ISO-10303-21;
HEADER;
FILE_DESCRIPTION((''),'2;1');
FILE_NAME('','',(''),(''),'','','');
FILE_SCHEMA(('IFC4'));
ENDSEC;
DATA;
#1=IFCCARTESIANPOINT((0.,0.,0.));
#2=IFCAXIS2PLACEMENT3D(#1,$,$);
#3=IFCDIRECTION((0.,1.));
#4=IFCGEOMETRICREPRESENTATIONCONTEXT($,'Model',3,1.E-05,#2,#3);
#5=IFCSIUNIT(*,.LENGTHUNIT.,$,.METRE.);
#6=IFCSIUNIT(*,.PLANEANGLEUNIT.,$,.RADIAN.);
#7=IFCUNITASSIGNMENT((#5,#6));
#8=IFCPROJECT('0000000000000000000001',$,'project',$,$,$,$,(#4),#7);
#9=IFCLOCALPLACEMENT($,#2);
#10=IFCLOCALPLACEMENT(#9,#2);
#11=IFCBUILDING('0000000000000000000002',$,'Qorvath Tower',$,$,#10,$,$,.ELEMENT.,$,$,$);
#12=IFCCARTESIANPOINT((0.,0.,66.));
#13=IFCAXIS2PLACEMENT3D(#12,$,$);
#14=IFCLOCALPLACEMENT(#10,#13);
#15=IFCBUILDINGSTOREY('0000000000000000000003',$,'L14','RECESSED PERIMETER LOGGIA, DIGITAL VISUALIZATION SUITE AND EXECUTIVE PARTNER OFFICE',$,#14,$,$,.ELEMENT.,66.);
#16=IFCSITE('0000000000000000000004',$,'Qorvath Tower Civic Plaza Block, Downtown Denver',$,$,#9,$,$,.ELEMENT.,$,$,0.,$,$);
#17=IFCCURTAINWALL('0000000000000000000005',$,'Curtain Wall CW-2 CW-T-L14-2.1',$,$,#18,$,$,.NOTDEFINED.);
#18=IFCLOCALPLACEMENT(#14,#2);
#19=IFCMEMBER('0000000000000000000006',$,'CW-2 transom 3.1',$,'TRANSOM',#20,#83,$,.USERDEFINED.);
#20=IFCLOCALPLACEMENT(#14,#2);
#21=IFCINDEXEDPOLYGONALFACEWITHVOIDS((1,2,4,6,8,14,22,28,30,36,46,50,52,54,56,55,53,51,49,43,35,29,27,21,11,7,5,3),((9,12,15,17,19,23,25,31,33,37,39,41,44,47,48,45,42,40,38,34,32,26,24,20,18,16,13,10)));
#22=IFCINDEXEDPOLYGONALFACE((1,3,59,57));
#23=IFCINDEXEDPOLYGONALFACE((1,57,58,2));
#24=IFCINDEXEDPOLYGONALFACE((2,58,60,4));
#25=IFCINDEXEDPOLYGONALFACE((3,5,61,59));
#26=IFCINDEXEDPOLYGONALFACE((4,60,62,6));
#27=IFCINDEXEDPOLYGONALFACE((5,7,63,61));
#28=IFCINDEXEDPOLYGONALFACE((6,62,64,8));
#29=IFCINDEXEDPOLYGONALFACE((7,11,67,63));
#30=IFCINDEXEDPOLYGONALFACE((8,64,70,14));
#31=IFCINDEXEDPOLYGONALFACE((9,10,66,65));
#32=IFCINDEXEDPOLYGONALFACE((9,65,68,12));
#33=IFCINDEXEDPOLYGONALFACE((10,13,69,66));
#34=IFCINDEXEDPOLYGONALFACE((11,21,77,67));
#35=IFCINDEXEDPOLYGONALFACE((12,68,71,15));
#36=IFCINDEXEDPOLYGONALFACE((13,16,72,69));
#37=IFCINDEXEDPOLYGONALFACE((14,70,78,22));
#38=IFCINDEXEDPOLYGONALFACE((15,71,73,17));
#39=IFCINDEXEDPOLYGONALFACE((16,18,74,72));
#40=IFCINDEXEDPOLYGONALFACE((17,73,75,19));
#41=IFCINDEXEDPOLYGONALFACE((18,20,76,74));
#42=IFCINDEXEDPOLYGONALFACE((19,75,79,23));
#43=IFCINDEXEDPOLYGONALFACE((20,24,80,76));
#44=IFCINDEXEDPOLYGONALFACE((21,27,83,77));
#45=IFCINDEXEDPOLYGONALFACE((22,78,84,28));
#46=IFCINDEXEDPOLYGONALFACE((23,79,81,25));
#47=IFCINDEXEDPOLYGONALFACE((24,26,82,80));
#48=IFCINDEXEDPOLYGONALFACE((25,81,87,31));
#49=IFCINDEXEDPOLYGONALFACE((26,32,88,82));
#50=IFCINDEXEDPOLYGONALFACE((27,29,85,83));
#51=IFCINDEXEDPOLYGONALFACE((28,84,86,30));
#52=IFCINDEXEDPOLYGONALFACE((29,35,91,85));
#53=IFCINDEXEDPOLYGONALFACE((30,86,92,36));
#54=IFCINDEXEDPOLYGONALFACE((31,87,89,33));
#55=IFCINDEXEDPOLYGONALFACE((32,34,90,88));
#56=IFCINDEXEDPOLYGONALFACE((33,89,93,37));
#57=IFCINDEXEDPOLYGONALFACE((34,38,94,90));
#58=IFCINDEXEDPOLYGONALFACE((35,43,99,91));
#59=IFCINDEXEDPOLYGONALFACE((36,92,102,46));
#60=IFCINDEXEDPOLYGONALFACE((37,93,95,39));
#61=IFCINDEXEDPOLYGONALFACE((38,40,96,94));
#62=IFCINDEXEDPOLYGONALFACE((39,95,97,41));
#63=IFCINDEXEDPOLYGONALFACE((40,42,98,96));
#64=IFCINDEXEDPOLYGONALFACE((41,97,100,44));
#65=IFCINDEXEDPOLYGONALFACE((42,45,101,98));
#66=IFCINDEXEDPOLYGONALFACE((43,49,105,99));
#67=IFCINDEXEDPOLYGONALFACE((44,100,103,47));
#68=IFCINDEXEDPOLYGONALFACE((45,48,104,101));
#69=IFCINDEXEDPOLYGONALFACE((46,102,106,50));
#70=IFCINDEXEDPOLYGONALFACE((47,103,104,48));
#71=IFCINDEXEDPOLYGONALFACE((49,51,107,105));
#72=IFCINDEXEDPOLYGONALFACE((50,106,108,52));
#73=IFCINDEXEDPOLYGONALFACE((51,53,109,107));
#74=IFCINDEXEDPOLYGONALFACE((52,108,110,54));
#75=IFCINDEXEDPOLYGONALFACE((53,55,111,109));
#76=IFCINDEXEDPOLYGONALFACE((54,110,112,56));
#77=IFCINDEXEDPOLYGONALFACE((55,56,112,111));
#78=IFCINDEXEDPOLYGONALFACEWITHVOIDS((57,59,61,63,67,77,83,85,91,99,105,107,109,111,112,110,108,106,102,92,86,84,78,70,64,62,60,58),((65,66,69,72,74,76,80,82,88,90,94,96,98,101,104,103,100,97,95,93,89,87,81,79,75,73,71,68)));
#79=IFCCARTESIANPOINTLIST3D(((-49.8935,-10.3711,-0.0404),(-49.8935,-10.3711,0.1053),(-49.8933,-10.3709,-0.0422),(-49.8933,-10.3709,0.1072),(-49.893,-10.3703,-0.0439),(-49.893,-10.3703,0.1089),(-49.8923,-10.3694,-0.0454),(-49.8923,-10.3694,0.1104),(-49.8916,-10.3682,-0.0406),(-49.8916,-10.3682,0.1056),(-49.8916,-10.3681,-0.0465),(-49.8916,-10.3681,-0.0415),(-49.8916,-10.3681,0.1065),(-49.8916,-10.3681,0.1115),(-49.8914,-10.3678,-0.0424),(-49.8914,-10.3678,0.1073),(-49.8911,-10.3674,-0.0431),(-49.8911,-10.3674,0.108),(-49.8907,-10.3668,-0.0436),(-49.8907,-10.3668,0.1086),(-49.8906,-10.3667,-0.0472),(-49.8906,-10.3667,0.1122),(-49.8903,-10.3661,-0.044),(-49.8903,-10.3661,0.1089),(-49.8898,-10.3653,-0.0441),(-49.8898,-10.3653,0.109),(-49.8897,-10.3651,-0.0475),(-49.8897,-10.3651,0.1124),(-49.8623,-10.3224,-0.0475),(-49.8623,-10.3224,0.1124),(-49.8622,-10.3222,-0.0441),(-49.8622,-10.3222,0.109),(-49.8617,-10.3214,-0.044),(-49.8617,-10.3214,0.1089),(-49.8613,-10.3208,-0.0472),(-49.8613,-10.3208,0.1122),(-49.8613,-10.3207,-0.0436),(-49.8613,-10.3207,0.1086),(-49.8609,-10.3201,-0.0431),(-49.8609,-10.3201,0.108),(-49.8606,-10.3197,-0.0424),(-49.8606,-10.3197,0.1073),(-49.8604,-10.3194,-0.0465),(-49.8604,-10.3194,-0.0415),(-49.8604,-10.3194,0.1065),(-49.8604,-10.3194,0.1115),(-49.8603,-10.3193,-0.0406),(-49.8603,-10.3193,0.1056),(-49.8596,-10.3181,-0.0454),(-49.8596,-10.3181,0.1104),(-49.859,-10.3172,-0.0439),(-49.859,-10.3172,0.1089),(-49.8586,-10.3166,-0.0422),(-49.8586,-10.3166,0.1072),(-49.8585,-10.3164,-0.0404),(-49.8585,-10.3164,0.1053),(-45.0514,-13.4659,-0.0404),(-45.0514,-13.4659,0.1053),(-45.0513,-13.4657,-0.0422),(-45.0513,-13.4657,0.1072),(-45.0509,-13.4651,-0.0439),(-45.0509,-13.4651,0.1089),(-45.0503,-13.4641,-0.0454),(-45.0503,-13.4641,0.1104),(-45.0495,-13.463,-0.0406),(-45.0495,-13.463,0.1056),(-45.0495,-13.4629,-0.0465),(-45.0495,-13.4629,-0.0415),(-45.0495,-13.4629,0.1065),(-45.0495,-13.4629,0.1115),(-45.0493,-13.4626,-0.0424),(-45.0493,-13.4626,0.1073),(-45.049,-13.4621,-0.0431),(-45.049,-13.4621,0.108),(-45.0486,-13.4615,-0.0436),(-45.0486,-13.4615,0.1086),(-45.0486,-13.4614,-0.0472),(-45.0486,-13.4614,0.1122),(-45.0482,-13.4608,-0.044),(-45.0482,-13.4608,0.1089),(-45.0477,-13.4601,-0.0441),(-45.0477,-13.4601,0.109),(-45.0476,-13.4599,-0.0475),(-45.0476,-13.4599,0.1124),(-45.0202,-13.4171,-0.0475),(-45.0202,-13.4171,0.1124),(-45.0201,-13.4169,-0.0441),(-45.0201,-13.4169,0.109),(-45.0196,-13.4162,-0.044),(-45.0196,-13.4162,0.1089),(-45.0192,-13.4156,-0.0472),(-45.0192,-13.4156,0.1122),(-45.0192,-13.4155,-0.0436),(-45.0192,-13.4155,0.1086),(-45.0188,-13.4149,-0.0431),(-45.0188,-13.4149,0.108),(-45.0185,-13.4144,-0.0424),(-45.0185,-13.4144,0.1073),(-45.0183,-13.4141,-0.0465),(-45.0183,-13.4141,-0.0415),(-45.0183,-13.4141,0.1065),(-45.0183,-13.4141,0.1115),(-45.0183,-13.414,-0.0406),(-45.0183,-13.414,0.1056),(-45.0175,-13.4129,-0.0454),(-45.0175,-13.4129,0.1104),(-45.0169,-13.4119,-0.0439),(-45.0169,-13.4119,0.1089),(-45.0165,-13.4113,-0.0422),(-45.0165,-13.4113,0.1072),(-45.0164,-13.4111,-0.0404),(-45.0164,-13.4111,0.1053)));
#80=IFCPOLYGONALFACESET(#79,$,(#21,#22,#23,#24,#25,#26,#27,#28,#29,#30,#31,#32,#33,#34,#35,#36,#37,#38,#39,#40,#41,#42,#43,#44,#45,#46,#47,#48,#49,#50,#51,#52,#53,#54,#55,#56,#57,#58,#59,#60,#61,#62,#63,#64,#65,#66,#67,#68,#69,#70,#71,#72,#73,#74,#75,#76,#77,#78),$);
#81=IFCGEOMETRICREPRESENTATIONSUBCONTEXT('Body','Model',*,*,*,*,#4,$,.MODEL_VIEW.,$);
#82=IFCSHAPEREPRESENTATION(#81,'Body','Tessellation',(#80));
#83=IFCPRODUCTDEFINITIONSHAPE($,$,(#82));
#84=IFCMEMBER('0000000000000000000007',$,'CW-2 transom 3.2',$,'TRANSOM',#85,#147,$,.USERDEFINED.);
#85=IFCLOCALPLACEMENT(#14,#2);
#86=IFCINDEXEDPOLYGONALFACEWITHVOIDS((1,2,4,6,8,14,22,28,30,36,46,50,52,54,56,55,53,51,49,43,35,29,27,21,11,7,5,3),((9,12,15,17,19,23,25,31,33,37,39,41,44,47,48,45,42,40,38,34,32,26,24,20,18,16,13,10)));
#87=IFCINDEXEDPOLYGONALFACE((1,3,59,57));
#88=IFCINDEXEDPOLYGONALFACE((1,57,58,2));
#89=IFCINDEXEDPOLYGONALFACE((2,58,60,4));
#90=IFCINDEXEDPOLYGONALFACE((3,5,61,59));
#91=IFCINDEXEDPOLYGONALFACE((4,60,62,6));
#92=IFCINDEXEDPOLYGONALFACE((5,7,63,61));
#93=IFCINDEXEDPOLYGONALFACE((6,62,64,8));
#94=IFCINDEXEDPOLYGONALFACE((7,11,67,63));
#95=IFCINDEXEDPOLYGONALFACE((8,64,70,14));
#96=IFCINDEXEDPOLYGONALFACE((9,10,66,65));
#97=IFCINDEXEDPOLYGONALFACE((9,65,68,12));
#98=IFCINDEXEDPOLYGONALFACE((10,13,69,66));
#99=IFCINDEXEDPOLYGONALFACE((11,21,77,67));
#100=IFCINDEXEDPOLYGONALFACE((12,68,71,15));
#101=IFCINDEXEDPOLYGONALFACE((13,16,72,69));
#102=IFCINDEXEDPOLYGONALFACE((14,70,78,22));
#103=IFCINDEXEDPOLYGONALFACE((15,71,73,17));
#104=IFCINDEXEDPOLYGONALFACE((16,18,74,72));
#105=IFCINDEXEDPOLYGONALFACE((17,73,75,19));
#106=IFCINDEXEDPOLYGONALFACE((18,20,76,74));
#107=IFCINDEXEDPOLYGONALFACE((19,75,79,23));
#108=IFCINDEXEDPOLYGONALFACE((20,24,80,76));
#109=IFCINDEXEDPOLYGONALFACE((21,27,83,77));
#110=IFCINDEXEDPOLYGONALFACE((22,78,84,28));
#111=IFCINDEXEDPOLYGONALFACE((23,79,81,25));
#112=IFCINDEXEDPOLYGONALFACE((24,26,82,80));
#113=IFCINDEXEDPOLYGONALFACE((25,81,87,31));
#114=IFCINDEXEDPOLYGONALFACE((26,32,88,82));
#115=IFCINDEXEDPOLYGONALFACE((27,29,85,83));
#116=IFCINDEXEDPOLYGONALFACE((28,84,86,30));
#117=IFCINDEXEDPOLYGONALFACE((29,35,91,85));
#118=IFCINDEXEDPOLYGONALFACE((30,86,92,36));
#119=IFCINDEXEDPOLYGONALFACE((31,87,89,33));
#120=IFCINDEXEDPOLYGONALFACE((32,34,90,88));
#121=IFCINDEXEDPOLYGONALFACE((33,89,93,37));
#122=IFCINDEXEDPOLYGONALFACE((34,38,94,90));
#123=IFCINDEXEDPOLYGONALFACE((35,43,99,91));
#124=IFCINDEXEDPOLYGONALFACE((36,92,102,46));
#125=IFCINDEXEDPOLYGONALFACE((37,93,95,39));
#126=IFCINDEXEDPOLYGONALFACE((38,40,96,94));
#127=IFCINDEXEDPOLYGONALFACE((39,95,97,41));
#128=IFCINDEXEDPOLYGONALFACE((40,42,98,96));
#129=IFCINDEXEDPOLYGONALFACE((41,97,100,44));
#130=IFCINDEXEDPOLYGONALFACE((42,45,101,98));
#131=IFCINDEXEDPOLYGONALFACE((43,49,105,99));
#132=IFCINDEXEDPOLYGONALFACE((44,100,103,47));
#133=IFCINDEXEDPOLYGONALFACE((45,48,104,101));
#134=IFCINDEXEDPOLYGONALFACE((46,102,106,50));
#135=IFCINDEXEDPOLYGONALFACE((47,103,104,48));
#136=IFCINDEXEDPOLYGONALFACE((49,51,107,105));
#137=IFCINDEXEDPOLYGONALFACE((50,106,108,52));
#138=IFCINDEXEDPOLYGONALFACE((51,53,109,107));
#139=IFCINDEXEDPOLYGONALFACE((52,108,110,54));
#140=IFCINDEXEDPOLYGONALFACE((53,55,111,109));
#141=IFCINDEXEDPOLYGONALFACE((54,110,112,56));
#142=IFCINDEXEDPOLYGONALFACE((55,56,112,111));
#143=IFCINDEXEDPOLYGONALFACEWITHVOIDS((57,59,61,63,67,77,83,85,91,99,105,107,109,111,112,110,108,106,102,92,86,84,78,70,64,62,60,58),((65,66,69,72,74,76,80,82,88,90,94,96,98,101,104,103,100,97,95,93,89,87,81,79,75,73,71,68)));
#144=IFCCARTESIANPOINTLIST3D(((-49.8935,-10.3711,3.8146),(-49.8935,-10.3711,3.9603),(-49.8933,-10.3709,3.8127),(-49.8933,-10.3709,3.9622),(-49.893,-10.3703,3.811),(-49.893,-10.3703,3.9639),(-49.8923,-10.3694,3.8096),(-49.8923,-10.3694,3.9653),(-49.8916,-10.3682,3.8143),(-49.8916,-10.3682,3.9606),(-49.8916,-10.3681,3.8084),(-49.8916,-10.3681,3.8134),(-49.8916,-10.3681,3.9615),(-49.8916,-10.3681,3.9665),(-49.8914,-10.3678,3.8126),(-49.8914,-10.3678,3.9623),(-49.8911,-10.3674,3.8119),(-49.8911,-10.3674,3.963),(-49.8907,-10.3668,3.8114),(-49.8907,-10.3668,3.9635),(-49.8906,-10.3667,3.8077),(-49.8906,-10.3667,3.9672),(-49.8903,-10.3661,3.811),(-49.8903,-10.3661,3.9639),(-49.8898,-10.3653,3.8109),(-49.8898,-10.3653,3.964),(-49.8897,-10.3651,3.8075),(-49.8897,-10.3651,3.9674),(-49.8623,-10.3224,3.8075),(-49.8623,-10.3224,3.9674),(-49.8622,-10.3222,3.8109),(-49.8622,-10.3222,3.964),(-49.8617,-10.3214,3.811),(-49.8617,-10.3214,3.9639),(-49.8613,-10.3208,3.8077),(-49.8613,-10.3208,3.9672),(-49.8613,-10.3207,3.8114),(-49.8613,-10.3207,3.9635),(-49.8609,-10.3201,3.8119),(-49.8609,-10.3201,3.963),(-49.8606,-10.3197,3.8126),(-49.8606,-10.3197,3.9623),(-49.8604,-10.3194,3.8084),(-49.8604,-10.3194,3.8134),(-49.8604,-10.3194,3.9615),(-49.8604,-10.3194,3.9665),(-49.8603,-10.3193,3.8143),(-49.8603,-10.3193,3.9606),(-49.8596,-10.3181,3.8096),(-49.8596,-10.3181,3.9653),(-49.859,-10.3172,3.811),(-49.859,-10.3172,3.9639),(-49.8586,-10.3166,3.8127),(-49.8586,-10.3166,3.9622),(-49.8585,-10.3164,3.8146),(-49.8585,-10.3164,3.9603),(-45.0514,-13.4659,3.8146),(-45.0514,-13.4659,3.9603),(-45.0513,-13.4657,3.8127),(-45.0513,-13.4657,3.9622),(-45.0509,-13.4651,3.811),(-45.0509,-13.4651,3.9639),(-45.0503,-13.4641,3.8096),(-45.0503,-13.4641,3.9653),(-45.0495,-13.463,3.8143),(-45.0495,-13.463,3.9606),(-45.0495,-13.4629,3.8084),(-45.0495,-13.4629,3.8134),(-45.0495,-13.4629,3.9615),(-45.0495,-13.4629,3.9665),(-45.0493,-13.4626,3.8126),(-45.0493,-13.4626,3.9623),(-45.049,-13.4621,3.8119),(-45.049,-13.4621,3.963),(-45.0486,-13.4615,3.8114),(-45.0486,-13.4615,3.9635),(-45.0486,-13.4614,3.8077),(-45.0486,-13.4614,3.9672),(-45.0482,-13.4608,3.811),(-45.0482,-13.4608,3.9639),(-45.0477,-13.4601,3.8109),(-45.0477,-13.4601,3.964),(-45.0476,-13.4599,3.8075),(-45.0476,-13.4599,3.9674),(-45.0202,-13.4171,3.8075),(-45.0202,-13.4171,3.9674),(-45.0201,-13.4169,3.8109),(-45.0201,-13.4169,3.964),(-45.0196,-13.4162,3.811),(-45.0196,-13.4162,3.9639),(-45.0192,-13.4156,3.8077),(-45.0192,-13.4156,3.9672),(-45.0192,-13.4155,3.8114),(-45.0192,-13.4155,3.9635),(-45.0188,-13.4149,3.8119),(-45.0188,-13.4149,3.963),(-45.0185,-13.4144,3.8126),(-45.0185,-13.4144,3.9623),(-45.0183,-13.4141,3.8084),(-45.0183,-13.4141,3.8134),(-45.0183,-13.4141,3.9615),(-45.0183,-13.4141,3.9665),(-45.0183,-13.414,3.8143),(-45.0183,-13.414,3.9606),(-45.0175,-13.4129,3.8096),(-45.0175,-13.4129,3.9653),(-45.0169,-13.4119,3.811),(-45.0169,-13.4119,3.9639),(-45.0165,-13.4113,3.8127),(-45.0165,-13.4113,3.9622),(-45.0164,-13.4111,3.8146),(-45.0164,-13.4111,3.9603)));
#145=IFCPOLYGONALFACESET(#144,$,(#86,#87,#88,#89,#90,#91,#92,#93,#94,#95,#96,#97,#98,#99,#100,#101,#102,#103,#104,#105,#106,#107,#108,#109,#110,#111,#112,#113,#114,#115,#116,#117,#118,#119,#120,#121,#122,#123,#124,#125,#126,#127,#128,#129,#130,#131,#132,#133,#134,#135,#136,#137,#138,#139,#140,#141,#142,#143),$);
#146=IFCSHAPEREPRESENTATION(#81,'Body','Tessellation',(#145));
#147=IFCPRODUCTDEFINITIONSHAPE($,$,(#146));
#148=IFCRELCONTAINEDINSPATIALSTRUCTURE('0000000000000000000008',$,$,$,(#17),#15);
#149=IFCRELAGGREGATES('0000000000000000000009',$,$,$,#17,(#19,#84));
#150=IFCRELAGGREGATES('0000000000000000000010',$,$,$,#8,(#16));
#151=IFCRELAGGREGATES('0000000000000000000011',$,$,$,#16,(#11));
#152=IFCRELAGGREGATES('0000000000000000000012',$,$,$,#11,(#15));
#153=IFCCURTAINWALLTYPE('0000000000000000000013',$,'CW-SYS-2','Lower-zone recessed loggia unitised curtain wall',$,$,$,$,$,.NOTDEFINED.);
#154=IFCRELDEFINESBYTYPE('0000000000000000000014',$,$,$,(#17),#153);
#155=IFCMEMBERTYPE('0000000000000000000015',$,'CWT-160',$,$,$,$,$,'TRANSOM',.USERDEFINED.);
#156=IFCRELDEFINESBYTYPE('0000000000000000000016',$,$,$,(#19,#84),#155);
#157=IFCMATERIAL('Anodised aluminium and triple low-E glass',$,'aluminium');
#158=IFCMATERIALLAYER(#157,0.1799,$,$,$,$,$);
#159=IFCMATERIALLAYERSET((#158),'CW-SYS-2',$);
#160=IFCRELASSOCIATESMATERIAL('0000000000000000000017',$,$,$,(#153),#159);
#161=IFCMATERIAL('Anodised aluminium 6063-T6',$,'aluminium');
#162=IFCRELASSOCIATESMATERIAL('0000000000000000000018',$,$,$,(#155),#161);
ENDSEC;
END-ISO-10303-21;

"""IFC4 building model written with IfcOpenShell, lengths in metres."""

from ifc_helpers import new_model, si_unit, direction, frame, origin, origin_2d, place, context, subcontext, project, spatial, hollow_rectangle, extrude, material, layer, layer_set, material_profile, profile_set, type_object, element, aggregate, save


model = new_model("IFC4")

# Units and contexts
model_context = context("Model", 3, precision=1e-05, world=origin(), true_north=direction((0.0, 1.0)))
body_context = subcontext(model_context, "Body", "Model", "MODEL_VIEW")
ifc_project = project(units=[si_unit("LENGTHUNIT", "METRE"), si_unit("PLANEANGLEUNIT", "RADIAN")], contexts=[model_context])

# Site, building, storey
site_placement = place(None, origin())
site = spatial("IfcSite", under=ifc_project, at=site_placement, Name="Qorvath Tower Civic Plaza Block, Downtown Denver", CompositionType="ELEMENT", RefElevation=0.0)
building_placement = place(site_placement, origin())
building = spatial("IfcBuilding", under=site, at=building_placement, Name="Qorvath Tower", CompositionType="ELEMENT")
storey_placement = place(building_placement, frame((0.0, 0.0, 66.0)))
storey = spatial("IfcBuildingStorey", under=building, at=storey_placement, Name="L14", Description="RECESSED PERIMETER LOGGIA, DIGITAL VISUALIZATION SUITE AND EXECUTIVE PARTNER OFFICE", CompositionType="ELEMENT", Elevation=66.0)

# Curtain wall, members
ifc_material_1 = material(Name="Anodised aluminium and triple low-E glass", Category="aluminium")
ifc_layer_1 = layer(ifc_material_1, 0.1799)
ifc_layer_set_1 = layer_set([ifc_layer_1], Name="CW-SYS-2")
curtain_wall_type = type_object("IfcCurtainWallType", Name="CW-SYS-2", Description="Lower-zone recessed loggia unitised curtain wall", PredefinedType="NOTDEFINED", material=ifc_layer_set_1)
curtain_wall_placement = place(storey_placement, origin())
curtain_wall = element("IfcCurtainWall", 1, at=curtain_wall_placement, inside=storey, type_object=curtain_wall_type, Name="Curtain Wall CW-2 CW-T-L14-2.1", PredefinedType="NOTDEFINED")
ifc_material_2 = material(Name="Anodised aluminium 6063-T6", Category="aluminium")
ifc_material_profile_1 = material_profile(ifc_material_2, hollow_rectangle(XDim=0.0649, YDim=0.1599, WallThickness=0.0034, InnerFilletRadius=0.0034, OuterFilletRadius=0.0071, at=origin_2d()), Name="CWT 160x65")
ifc_profile_set_1 = profile_set([ifc_material_profile_1], Name="Anodised aluminium 6063-T6")
member_type_1 = type_object("IfcMemberType", Name="CWT-160", ElementType="TRANSOM", PredefinedType="USERDEFINED", material=ifc_profile_set_1)
member_1_placement = place(storey_placement, frame((-49.876, -10.3438, 0.0325), z_axis=(0.842601, -0.538538, 0.0), x_axis=(0.538538, 0.842601, 0.0)))
member_1 = element("IfcMember", 2, at=member_1_placement, type_object=member_type_1, Name="CW-2 transom 3.1", ObjectType="TRANSOM", PredefinedType="USERDEFINED", context=body_context, shape_type="SweptSolid", body=[
    extrude(hollow_rectangle(XDim=0.0649, YDim=0.1599, WallThickness=0.0034, InnerFilletRadius=0.0034, OuterFilletRadius=0.0071, at=origin_2d()), origin(), (0.0, 0.0, 1.0), 5.7466),
])
member_2_placement = place(storey_placement, frame((-49.876, -10.3438, 3.8875), z_axis=(0.842601, -0.538538, 0.0), x_axis=(0.538538, 0.842601, 0.0)))
member_2 = element("IfcMember", 3, at=member_2_placement, type_object=member_type_1, Name="CW-2 transom 3.2", ObjectType="TRANSOM", PredefinedType="USERDEFINED", context=body_context, shape_type="SweptSolid", body=[
    extrude(hollow_rectangle(XDim=0.0649, YDim=0.1599, WallThickness=0.0034, InnerFilletRadius=0.0034, OuterFilletRadius=0.0071, at=origin_2d()), origin(), (0.0, 0.0, 1.0), 5.7466),
])
aggregate(curtain_wall, [member_1, member_2])

save(model, "model.ifc")
